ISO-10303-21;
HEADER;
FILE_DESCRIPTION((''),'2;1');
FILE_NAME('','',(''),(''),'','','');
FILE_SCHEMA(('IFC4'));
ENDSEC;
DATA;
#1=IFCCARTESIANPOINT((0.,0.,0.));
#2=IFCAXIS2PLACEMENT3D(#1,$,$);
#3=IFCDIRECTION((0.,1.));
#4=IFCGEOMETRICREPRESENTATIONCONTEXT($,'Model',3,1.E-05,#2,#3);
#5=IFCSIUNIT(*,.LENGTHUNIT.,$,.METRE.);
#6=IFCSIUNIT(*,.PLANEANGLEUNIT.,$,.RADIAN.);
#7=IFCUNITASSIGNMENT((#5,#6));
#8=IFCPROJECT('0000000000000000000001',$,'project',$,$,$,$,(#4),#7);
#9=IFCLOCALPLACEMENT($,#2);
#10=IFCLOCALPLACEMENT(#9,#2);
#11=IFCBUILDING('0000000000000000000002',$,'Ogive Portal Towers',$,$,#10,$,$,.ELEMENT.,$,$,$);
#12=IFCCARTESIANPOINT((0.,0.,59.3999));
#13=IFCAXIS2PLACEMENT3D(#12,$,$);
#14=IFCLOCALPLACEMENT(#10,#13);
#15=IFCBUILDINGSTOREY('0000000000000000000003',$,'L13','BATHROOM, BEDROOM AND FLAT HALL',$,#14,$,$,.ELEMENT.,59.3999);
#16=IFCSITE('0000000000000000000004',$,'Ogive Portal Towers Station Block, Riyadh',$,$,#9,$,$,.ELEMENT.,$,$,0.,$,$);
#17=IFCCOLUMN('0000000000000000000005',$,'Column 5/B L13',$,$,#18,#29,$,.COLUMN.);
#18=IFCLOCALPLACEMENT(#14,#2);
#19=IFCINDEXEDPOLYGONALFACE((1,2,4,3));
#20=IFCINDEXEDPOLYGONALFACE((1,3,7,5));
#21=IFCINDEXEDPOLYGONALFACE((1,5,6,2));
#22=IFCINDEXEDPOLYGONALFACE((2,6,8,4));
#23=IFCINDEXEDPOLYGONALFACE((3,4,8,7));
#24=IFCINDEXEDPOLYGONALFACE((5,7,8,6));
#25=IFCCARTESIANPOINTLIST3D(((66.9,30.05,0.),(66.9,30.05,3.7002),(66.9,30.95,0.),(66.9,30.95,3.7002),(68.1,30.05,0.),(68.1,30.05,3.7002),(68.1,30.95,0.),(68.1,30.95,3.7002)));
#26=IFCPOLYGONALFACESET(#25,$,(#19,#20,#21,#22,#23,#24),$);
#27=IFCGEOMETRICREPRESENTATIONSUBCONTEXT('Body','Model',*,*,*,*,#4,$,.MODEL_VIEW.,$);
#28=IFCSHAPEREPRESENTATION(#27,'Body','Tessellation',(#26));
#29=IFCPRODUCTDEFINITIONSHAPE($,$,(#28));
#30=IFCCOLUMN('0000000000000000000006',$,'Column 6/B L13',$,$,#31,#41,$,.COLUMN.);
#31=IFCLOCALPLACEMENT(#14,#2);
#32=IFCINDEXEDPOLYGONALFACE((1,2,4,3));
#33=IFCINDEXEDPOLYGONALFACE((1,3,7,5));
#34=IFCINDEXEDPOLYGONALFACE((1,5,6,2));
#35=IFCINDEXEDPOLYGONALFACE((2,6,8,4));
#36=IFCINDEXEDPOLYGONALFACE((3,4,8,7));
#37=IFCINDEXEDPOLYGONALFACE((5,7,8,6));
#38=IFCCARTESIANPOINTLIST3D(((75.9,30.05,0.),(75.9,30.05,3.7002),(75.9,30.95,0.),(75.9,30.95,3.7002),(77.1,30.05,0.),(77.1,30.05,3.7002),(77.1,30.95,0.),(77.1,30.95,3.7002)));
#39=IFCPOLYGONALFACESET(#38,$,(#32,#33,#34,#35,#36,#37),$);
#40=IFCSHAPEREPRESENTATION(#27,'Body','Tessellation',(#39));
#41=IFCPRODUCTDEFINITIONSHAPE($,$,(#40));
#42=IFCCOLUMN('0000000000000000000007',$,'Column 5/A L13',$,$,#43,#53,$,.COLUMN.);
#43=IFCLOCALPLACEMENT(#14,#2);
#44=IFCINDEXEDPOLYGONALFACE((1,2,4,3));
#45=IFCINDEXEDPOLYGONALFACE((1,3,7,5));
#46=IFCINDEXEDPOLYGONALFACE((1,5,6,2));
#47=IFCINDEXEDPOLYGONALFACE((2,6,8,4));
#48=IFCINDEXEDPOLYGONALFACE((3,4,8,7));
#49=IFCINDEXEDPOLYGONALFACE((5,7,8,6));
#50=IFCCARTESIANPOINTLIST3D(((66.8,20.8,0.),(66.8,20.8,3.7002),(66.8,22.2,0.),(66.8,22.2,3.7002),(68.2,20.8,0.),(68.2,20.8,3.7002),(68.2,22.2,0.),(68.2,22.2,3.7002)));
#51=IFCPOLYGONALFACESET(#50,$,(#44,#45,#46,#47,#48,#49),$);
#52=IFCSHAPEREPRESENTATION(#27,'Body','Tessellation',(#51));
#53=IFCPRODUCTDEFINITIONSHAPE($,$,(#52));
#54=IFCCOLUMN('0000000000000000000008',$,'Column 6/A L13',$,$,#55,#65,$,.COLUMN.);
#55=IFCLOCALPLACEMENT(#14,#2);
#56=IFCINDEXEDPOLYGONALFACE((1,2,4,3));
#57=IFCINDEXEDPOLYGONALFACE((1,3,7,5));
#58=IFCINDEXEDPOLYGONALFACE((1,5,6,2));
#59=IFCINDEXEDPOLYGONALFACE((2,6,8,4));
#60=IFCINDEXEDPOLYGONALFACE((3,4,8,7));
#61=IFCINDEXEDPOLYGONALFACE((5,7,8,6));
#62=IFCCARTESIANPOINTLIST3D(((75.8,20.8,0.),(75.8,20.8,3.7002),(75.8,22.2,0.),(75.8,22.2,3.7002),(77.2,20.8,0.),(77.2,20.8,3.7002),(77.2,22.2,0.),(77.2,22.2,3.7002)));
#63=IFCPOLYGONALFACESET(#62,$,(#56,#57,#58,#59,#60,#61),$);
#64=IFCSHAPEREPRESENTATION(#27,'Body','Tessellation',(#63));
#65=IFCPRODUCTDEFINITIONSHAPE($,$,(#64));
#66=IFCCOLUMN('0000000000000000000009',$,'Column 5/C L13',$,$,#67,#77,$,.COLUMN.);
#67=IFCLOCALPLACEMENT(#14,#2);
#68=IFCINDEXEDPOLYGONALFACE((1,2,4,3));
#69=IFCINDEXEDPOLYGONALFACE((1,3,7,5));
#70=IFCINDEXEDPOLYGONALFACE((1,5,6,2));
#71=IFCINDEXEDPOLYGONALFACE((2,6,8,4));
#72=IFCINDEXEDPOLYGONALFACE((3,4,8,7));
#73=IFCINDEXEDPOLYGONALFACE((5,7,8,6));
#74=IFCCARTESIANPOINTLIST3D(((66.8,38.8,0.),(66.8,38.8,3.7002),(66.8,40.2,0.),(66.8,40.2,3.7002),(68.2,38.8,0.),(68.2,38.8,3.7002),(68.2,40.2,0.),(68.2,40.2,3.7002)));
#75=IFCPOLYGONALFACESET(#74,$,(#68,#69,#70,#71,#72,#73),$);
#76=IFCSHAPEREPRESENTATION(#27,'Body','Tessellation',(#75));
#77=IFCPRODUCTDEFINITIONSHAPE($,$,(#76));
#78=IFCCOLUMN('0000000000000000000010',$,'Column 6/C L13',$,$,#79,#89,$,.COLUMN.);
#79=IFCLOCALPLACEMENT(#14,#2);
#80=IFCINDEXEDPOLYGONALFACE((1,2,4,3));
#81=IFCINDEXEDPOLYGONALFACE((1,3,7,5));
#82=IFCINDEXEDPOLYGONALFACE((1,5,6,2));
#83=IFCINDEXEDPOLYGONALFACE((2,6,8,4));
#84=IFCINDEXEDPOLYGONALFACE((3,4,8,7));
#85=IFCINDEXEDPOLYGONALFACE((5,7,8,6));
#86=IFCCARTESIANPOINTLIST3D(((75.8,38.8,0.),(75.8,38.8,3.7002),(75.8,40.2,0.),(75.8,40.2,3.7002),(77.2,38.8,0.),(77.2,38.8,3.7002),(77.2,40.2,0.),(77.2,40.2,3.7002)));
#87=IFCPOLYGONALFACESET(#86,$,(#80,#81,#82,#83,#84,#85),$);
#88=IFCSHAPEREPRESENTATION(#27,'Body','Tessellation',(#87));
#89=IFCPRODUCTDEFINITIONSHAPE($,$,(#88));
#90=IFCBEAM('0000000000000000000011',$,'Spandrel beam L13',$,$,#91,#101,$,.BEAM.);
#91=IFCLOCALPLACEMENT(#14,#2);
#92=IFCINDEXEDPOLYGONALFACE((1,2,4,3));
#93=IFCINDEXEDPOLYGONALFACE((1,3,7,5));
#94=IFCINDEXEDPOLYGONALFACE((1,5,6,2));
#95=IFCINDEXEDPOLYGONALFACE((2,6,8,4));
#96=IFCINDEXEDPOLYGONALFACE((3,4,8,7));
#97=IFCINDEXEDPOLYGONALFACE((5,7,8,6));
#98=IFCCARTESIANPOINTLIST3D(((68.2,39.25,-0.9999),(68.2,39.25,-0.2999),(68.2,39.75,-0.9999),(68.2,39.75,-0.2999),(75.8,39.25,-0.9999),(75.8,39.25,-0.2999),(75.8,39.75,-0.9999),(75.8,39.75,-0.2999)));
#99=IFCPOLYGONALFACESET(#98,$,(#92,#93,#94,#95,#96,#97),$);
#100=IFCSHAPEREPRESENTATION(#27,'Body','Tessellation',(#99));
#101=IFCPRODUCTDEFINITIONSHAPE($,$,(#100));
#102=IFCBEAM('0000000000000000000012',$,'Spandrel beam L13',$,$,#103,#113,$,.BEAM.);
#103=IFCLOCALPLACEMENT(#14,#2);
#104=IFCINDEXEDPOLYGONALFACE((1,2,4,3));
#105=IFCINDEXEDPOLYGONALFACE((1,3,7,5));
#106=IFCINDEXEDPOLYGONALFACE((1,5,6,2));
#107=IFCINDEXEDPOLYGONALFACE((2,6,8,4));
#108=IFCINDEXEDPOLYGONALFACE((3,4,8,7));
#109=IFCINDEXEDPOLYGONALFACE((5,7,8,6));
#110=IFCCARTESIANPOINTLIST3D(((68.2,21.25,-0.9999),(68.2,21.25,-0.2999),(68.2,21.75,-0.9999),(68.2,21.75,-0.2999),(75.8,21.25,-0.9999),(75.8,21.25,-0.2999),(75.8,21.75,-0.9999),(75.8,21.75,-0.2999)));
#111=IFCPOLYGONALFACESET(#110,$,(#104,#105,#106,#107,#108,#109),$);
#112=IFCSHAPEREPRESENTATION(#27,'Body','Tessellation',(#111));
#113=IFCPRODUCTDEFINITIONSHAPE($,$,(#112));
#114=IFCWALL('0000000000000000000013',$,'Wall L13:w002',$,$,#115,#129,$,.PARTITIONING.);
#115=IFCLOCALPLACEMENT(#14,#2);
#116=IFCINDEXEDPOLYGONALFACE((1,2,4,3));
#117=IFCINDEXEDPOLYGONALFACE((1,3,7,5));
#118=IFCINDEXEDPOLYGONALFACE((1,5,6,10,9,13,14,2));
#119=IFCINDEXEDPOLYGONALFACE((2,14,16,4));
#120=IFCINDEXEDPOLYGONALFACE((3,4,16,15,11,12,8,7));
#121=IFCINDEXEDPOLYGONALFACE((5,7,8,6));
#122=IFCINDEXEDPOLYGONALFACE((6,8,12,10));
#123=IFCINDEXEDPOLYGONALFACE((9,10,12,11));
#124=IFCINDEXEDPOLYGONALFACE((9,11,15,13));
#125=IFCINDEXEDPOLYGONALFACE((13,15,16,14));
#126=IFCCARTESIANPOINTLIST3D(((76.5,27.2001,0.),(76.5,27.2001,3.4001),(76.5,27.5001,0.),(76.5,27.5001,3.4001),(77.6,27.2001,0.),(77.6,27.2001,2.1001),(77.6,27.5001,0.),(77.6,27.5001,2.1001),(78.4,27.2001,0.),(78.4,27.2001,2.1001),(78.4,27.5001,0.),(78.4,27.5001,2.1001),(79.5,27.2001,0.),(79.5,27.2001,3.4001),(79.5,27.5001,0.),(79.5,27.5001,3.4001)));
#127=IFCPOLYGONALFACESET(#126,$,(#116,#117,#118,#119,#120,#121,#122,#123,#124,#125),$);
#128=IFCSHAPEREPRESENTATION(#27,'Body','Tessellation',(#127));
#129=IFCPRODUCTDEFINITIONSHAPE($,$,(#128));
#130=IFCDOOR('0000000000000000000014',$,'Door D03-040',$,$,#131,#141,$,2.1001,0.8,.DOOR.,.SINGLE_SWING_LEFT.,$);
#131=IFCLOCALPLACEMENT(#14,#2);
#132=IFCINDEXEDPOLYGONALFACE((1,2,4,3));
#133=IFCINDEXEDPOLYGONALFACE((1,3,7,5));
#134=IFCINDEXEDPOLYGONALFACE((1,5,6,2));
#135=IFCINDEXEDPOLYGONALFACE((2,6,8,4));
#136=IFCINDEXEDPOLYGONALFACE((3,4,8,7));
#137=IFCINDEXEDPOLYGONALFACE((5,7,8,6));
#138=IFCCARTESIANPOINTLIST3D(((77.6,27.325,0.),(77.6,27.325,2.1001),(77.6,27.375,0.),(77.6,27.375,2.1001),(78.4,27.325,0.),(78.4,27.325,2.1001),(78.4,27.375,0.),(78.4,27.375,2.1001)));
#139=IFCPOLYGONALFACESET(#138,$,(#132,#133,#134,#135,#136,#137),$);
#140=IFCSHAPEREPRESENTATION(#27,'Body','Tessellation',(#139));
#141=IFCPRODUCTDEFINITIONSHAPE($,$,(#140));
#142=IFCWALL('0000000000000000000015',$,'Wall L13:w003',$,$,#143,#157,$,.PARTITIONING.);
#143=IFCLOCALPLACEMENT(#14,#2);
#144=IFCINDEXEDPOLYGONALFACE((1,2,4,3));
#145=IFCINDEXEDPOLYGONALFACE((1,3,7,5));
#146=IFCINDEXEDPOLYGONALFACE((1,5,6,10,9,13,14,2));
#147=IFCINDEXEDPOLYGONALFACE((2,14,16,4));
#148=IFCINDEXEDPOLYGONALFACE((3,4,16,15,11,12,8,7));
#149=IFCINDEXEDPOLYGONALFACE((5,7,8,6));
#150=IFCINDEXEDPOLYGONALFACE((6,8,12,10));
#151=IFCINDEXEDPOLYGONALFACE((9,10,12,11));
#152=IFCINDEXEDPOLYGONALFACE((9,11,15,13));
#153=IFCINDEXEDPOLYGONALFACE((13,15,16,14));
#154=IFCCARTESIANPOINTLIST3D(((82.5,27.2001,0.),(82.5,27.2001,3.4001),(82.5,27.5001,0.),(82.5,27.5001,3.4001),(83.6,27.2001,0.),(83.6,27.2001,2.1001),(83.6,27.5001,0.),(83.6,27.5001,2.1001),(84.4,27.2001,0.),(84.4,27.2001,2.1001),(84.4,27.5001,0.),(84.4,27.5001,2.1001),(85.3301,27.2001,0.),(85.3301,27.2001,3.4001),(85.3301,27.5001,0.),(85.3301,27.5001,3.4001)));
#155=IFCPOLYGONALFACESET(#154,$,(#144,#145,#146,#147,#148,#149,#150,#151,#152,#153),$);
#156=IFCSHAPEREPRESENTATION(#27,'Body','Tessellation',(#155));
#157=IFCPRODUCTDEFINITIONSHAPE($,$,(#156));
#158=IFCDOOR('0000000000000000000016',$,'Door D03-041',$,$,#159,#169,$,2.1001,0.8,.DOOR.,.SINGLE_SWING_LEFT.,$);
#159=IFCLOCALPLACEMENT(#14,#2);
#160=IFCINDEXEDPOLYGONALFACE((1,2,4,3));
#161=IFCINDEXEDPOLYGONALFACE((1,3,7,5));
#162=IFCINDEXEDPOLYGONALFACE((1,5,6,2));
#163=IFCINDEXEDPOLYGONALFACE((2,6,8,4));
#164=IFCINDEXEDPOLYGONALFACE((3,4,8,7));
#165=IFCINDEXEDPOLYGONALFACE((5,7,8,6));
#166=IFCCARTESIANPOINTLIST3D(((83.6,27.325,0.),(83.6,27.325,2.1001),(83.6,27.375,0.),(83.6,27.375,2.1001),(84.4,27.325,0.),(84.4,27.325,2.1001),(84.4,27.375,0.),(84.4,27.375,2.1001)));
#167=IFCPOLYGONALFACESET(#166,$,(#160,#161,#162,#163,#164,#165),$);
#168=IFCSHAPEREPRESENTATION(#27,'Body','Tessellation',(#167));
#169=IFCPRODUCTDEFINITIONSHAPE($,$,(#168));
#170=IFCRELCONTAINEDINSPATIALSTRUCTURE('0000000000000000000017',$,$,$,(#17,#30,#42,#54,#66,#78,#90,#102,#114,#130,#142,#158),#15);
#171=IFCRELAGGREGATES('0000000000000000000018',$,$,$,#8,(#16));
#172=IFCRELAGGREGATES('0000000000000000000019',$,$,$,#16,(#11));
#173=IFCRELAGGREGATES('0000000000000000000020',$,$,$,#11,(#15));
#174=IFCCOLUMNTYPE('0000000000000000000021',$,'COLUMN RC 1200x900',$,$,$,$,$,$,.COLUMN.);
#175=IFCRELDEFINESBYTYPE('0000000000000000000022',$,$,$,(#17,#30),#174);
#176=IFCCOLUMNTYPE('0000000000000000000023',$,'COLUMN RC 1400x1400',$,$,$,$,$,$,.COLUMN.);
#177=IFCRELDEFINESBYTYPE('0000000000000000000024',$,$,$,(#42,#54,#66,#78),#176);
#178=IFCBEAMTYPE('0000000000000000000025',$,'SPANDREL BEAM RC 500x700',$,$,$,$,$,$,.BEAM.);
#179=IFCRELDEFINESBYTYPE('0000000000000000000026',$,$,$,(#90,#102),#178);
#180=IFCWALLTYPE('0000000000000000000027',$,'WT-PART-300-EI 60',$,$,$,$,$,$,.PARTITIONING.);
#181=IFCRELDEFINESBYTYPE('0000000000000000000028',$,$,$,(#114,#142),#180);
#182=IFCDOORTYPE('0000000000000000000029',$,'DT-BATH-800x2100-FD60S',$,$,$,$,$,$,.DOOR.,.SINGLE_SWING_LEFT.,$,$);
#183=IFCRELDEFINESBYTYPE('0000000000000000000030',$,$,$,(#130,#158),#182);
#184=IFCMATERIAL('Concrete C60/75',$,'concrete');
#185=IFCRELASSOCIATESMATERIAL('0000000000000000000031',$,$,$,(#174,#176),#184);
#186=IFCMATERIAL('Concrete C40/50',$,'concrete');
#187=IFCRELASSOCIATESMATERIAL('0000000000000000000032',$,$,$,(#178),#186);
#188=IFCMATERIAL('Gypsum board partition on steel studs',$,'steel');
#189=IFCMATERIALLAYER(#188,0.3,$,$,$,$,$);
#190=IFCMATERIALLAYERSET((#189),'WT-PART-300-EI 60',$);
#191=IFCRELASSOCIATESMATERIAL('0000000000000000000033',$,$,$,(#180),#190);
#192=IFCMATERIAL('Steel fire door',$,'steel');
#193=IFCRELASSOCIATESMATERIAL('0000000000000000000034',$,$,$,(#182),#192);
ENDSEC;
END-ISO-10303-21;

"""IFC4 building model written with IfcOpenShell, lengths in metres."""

from ifc_helpers import new_model, si_unit, direction, frame, frame_2d, origin, origin_2d, place, context, subcontext, project, spatial, rectangle, extrude, material, layer, layer_set, material_profile, profile_set, type_object, element, fill, save


model = new_model("IFC4")

# Units and contexts
model_context = context("Model", 3, precision=1e-05, world=origin(), true_north=direction((0.0, 1.0)))
body_context = subcontext(model_context, "Body", "Model", "MODEL_VIEW")
ifc_project = project(units=[si_unit("LENGTHUNIT", "METRE"), si_unit("PLANEANGLEUNIT", "RADIAN")], contexts=[model_context])

# Site, building, storey
site_placement = place(None, origin())
site = spatial("IfcSite", under=ifc_project, at=site_placement, Name="Ogive Portal Towers Station Block, Riyadh", CompositionType="ELEMENT", RefElevation=0.0)
building_placement = place(site_placement, origin())
building = spatial("IfcBuilding", under=site, at=building_placement, Name="Ogive Portal Towers", CompositionType="ELEMENT")
storey_placement = place(building_placement, frame((0.0, 0.0, 59.3999)))
storey = spatial("IfcBuildingStorey", under=building, at=storey_placement, Name="L13", Description="BATHROOM, BEDROOM AND FLAT HALL", CompositionType="ELEMENT", Elevation=59.3999)

# Columns
ifc_material_1 = material(Name="Concrete C60/75", Category="concrete")
ifc_material_profile_1 = material_profile(ifc_material_1, rectangle(XDim=1.2, YDim=0.8999, at=origin_2d()), Name="RC 1200x900")
ifc_profile_set_1 = profile_set([ifc_material_profile_1], Name="Concrete C60/75")
column_type_1 = type_object("IfcColumnType", Name="COLUMN RC 1200x900", PredefinedType="COLUMN", material=ifc_profile_set_1)
for number, where, z_axis, x_axis, name in (
    (1, (67.5, 30.5, 0.0), (0.0, 0.0, 1.0), (1.0, 0.0, 0.0), "Column 5/B L13"),
    (2, (76.5, 30.5, 0.0), (0.0, 0.0, 1.0), (1.0, 0.0, 0.0), "Column 6/B L13"),
):
    element("IfcColumn", number, at=place(storey_placement, frame(where, z_axis=z_axis, x_axis=x_axis)), inside=storey, type_object=column_type_1, Name=name, PredefinedType="COLUMN", context=body_context, shape_type="SweptSolid", body=[
        extrude(rectangle(XDim=1.2, YDim=0.8999, at=origin_2d()), origin(), (0.0, 0.0, 1.0), 3.7002),
    ])
ifc_material_profile_2 = material_profile(ifc_material_1, rectangle(XDim=1.3999, YDim=1.3999, at=origin_2d()), Name="RC 1400x1400")
ifc_profile_set_2 = profile_set([ifc_material_profile_2], Name="Concrete C60/75")
column_type_2 = type_object("IfcColumnType", Name="COLUMN RC 1400x1400", PredefinedType="COLUMN", material=ifc_profile_set_2)
for number, where, z_axis, x_axis, name in (
    (3, (67.5, 21.5, 0.0), (0.0, 0.0, 1.0), (1.0, 0.0, 0.0), "Column 5/A L13"),
    (4, (76.5, 21.5, 0.0), (0.0, 0.0, 1.0), (1.0, 0.0, 0.0), "Column 6/A L13"),
    (5, (67.5, 39.5, 0.0), (0.0, 0.0, 1.0), (1.0, 0.0, 0.0), "Column 5/C L13"),
    (6, (76.5, 39.5, 0.0), (0.0, 0.0, 1.0), (1.0, 0.0, 0.0), "Column 6/C L13"),
):
    element("IfcColumn", number, at=place(storey_placement, frame(where, z_axis=z_axis, x_axis=x_axis)), inside=storey, type_object=column_type_2, Name=name, PredefinedType="COLUMN", context=body_context, shape_type="SweptSolid", body=[
        extrude(rectangle(XDim=1.3999, YDim=1.3999, at=origin_2d()), origin(), (0.0, 0.0, 1.0), 3.7002),
    ])

# Beams
ifc_material_2 = material(Name="Concrete C40/50", Category="concrete")
ifc_material_profile_3 = material_profile(ifc_material_2, rectangle(XDim=0.5, YDim=0.7, at=origin_2d()), Name="RC 500x700")
ifc_profile_set_3 = profile_set([ifc_material_profile_3], Name="Concrete C40/50")
beam_type = type_object("IfcBeamType", Name="SPANDREL BEAM RC 500x700", PredefinedType="BEAM", material=ifc_profile_set_3)
for number, where, z_axis, x_axis, name in (
    (7, (68.2, 39.5, -0.6499), (1.0, 0.0, 0.0), (0.0, 1.0, 0.0), "Spandrel beam L13"),
    (8, (75.8, 21.5, -0.6499), (-1.0, 0.0, 0.0), (0.0, -1.0, 0.0), "Spandrel beam L13"),
):
    element("IfcBeam", number, at=place(storey_placement, frame(where, z_axis=z_axis, x_axis=x_axis)), inside=storey, type_object=beam_type, Name=name, PredefinedType="BEAM", context=body_context, shape_type="SweptSolid", body=[
        extrude(rectangle(XDim=0.5, YDim=0.7, at=origin_2d()), origin(), (0.0, 0.0, 1.0), 7.6001),
    ])

# Walls, openings, doors
ifc_material_3 = material(Name="Gypsum board partition on steel studs", Category="steel")
ifc_layer_1 = layer(ifc_material_3, 0.3)
ifc_layer_set_1 = layer_set([ifc_layer_1], Name="WT-PART-300-EI 60")
wall_type = type_object("IfcWallType", Name="WT-PART-300-EI 60", PredefinedType="PARTITIONING", material=ifc_layer_set_1)
wall_1_placement = place(storey_placement, frame((76.5, 27.3501, 0.0), z_axis=(0.0, 0.0, 1.0), x_axis=(1.0, 0.0, 0.0)))
wall_1 = element("IfcWall", 9, at=wall_1_placement, inside=storey, type_object=wall_type, Name="Wall L13:w002", PredefinedType="PARTITIONING", context=body_context, shape_type="SweptSolid", body=[
    extrude(rectangle(XDim=3.0, YDim=0.3, at=frame_2d((1.5, 0.0))), origin(), (0.0, 0.0, 1.0), 3.4001),
])
opening_1_placement = place(wall_1_placement, frame((1.1001, 0.0, 0.0)))
opening_1 = element("IfcOpeningElement", 10, at=opening_1_placement, cuts=wall_1, PredefinedType="OPENING", context=body_context, shape_type="SweptSolid", body=[
    extrude(rectangle(XDim=0.8, YDim=2.1001, at=frame_2d((0.3999, 1.05))), frame((0.0, 0.1602, 0.0), z_axis=(0.0, -1.0, 0.0), x_axis=(1.0, 0.0, 0.0)), (0.0, 0.0, 1.0), 0.3201),
])
ifc_material_4 = material(Name="Steel fire door", Category="steel")
door_type = type_object("IfcDoorType", Name="DT-BATH-800x2100-FD60S", OperationType="SINGLE_SWING_LEFT", PredefinedType="DOOR", material=ifc_material_4)
door_1_placement = place(opening_1_placement, origin())
door_1 = element("IfcDoor", 11, at=door_1_placement, inside=storey, type_object=door_type, Name="Door D03-040", OperationType="SINGLE_SWING_LEFT", OverallHeight=2.1001, OverallWidth=0.8, PredefinedType="DOOR", context=body_context, shape_type="SweptSolid", body=[
    extrude(rectangle(XDim=0.8, YDim=2.1001, at=frame_2d((0.3999, 1.05))), frame((0.0, 0.0249, 0.0), z_axis=(0.0, -1.0, 0.0), x_axis=(1.0, 0.0, 0.0)), (0.0, 0.0, 1.0), 0.05),
])
fill(opening_1, door_1)
wall_2_placement = place(storey_placement, frame((82.5, 27.3501, 0.0), z_axis=(0.0, 0.0, 1.0), x_axis=(1.0, 0.0, 0.0)))
wall_2 = element("IfcWall", 12, at=wall_2_placement, inside=storey, type_object=wall_type, Name="Wall L13:w003", PredefinedType="PARTITIONING", context=body_context, shape_type="SweptSolid", body=[
    extrude(rectangle(XDim=2.8301, YDim=0.3, at=frame_2d((1.415, 0.0))), origin(), (0.0, 0.0, 1.0), 3.4001),
])
opening_2_placement = place(wall_2_placement, frame((1.1001, 0.0, 0.0)))
opening_2 = element("IfcOpeningElement", 13, at=opening_2_placement, cuts=wall_2, PredefinedType="OPENING", context=body_context, shape_type="SweptSolid", body=[
    extrude(rectangle(XDim=0.8, YDim=2.1001, at=frame_2d((0.3999, 1.05))), frame((0.0, 0.1602, 0.0), z_axis=(0.0, -1.0, 0.0), x_axis=(1.0, 0.0, 0.0)), (0.0, 0.0, 1.0), 0.3201),
])
door_2_placement = place(opening_2_placement, origin())
door_2 = element("IfcDoor", 14, at=door_2_placement, inside=storey, type_object=door_type, Name="Door D03-041", OperationType="SINGLE_SWING_LEFT", OverallHeight=2.1001, OverallWidth=0.8, PredefinedType="DOOR", context=body_context, shape_type="SweptSolid", body=[
    extrude(rectangle(XDim=0.8, YDim=2.1001, at=frame_2d((0.3999, 1.05))), frame((0.0, 0.0249, 0.0), z_axis=(0.0, -1.0, 0.0), x_axis=(1.0, 0.0, 0.0)), (0.0, 0.0, 1.0), 0.05),
])
fill(opening_2, door_2)

save(model, "model.ifc")
